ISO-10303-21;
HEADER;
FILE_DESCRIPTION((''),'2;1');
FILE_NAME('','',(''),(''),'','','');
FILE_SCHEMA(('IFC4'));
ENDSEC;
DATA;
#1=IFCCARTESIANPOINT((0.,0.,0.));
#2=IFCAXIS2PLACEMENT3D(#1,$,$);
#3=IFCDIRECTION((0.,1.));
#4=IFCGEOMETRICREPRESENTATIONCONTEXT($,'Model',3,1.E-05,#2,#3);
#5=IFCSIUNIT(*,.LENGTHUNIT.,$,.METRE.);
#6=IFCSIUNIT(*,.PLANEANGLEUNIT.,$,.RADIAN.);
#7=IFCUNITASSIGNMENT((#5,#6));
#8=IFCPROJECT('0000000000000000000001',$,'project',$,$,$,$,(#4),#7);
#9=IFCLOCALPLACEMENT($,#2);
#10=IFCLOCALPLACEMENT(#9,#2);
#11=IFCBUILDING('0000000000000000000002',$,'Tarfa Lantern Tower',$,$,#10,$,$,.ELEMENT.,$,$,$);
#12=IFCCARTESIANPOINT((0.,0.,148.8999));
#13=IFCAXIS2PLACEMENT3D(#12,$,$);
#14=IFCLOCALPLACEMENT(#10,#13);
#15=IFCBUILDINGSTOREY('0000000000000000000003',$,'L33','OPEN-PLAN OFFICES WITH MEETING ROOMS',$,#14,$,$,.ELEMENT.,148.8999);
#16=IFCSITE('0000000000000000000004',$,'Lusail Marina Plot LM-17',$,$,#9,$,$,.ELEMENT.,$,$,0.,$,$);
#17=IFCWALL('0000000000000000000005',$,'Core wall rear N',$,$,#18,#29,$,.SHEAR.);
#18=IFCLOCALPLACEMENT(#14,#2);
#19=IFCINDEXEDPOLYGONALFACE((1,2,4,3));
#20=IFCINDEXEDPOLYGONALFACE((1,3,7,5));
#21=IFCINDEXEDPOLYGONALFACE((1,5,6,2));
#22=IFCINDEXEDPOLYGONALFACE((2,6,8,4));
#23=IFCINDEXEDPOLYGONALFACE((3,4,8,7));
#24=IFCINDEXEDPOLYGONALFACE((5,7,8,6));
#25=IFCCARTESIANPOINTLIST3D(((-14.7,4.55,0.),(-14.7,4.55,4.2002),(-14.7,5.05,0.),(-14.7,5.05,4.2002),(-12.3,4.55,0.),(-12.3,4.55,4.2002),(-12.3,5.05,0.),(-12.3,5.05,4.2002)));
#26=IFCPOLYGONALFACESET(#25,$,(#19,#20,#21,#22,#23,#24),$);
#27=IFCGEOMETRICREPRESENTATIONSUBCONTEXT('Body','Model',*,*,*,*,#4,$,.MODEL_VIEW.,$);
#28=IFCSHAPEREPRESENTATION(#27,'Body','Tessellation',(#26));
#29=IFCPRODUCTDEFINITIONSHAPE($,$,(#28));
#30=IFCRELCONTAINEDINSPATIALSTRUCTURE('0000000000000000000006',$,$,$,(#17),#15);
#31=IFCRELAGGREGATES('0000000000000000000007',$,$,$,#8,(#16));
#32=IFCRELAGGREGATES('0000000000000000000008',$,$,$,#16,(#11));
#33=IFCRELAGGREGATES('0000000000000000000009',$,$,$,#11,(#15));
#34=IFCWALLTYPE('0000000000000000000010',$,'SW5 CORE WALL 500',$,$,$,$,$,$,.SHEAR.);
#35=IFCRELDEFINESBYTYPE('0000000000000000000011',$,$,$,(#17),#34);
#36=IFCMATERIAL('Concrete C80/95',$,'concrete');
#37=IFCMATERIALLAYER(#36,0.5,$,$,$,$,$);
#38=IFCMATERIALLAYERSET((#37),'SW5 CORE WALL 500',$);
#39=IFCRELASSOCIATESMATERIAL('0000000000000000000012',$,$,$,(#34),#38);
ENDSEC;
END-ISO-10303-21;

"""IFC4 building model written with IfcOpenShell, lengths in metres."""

from ifc_helpers import new_model, si_unit, direction, frame, frame_2d, origin, place, context, subcontext, project, spatial, rectangle, extrude, material, layer, layer_set, type_object, element, save


model = new_model("IFC4")

# Units and contexts
model_context = context("Model", 3, precision=1e-05, world=origin(), true_north=direction((0.0, 1.0)))
body_context = subcontext(model_context, "Body", "Model", "MODEL_VIEW")
ifc_project = project(units=[si_unit("LENGTHUNIT", "METRE"), si_unit("PLANEANGLEUNIT", "RADIAN")], contexts=[model_context])

# Site, building, storey
site_placement = place(None, origin())
site = spatial("IfcSite", under=ifc_project, at=site_placement, Name="Lusail Marina Plot LM-17", CompositionType="ELEMENT", RefElevation=0.0)
building_placement = place(site_placement, origin())
building = spatial("IfcBuilding", under=site, at=building_placement, Name="Tarfa Lantern Tower", CompositionType="ELEMENT")
storey_placement = place(building_placement, frame((0.0, 0.0, 148.8999)))
storey = spatial("IfcBuildingStorey", under=building, at=storey_placement, Name="L33", Description="OPEN-PLAN OFFICES WITH MEETING ROOMS", CompositionType="ELEMENT", Elevation=148.8999)

# Shared definitions
ifc_material_1 = material(Name="Concrete C80/95", Category="concrete")
ifc_layer_1 = layer(ifc_material_1, 0.5)
ifc_layer_set_1 = layer_set([ifc_layer_1], Name="SW5 CORE WALL 500")
wall_type_1 = type_object("IfcWallType", Name="SW5 CORE WALL 500", PredefinedType="SHEAR", material=ifc_layer_set_1)

# Wall
wall_1_placement = place(storey_placement, frame((-14.7, 4.8, 0.0), z_axis=(0.0, 0.0, 1.0), x_axis=(1.0, 0.0, 0.0)))
element("IfcWall", 1, at=wall_1_placement, inside=storey, type_object=wall_type_1, Name="Core wall rear N", PredefinedType="SHEAR", context=body_context, shape_type="SweptSolid", body=[
    extrude(rectangle(XDim=2.3999, YDim=0.5, at=frame_2d((1.2, 0.0))), origin(), (0.0, 0.0, 1.0), 4.2002),
])

save(model, "model.ifc")
